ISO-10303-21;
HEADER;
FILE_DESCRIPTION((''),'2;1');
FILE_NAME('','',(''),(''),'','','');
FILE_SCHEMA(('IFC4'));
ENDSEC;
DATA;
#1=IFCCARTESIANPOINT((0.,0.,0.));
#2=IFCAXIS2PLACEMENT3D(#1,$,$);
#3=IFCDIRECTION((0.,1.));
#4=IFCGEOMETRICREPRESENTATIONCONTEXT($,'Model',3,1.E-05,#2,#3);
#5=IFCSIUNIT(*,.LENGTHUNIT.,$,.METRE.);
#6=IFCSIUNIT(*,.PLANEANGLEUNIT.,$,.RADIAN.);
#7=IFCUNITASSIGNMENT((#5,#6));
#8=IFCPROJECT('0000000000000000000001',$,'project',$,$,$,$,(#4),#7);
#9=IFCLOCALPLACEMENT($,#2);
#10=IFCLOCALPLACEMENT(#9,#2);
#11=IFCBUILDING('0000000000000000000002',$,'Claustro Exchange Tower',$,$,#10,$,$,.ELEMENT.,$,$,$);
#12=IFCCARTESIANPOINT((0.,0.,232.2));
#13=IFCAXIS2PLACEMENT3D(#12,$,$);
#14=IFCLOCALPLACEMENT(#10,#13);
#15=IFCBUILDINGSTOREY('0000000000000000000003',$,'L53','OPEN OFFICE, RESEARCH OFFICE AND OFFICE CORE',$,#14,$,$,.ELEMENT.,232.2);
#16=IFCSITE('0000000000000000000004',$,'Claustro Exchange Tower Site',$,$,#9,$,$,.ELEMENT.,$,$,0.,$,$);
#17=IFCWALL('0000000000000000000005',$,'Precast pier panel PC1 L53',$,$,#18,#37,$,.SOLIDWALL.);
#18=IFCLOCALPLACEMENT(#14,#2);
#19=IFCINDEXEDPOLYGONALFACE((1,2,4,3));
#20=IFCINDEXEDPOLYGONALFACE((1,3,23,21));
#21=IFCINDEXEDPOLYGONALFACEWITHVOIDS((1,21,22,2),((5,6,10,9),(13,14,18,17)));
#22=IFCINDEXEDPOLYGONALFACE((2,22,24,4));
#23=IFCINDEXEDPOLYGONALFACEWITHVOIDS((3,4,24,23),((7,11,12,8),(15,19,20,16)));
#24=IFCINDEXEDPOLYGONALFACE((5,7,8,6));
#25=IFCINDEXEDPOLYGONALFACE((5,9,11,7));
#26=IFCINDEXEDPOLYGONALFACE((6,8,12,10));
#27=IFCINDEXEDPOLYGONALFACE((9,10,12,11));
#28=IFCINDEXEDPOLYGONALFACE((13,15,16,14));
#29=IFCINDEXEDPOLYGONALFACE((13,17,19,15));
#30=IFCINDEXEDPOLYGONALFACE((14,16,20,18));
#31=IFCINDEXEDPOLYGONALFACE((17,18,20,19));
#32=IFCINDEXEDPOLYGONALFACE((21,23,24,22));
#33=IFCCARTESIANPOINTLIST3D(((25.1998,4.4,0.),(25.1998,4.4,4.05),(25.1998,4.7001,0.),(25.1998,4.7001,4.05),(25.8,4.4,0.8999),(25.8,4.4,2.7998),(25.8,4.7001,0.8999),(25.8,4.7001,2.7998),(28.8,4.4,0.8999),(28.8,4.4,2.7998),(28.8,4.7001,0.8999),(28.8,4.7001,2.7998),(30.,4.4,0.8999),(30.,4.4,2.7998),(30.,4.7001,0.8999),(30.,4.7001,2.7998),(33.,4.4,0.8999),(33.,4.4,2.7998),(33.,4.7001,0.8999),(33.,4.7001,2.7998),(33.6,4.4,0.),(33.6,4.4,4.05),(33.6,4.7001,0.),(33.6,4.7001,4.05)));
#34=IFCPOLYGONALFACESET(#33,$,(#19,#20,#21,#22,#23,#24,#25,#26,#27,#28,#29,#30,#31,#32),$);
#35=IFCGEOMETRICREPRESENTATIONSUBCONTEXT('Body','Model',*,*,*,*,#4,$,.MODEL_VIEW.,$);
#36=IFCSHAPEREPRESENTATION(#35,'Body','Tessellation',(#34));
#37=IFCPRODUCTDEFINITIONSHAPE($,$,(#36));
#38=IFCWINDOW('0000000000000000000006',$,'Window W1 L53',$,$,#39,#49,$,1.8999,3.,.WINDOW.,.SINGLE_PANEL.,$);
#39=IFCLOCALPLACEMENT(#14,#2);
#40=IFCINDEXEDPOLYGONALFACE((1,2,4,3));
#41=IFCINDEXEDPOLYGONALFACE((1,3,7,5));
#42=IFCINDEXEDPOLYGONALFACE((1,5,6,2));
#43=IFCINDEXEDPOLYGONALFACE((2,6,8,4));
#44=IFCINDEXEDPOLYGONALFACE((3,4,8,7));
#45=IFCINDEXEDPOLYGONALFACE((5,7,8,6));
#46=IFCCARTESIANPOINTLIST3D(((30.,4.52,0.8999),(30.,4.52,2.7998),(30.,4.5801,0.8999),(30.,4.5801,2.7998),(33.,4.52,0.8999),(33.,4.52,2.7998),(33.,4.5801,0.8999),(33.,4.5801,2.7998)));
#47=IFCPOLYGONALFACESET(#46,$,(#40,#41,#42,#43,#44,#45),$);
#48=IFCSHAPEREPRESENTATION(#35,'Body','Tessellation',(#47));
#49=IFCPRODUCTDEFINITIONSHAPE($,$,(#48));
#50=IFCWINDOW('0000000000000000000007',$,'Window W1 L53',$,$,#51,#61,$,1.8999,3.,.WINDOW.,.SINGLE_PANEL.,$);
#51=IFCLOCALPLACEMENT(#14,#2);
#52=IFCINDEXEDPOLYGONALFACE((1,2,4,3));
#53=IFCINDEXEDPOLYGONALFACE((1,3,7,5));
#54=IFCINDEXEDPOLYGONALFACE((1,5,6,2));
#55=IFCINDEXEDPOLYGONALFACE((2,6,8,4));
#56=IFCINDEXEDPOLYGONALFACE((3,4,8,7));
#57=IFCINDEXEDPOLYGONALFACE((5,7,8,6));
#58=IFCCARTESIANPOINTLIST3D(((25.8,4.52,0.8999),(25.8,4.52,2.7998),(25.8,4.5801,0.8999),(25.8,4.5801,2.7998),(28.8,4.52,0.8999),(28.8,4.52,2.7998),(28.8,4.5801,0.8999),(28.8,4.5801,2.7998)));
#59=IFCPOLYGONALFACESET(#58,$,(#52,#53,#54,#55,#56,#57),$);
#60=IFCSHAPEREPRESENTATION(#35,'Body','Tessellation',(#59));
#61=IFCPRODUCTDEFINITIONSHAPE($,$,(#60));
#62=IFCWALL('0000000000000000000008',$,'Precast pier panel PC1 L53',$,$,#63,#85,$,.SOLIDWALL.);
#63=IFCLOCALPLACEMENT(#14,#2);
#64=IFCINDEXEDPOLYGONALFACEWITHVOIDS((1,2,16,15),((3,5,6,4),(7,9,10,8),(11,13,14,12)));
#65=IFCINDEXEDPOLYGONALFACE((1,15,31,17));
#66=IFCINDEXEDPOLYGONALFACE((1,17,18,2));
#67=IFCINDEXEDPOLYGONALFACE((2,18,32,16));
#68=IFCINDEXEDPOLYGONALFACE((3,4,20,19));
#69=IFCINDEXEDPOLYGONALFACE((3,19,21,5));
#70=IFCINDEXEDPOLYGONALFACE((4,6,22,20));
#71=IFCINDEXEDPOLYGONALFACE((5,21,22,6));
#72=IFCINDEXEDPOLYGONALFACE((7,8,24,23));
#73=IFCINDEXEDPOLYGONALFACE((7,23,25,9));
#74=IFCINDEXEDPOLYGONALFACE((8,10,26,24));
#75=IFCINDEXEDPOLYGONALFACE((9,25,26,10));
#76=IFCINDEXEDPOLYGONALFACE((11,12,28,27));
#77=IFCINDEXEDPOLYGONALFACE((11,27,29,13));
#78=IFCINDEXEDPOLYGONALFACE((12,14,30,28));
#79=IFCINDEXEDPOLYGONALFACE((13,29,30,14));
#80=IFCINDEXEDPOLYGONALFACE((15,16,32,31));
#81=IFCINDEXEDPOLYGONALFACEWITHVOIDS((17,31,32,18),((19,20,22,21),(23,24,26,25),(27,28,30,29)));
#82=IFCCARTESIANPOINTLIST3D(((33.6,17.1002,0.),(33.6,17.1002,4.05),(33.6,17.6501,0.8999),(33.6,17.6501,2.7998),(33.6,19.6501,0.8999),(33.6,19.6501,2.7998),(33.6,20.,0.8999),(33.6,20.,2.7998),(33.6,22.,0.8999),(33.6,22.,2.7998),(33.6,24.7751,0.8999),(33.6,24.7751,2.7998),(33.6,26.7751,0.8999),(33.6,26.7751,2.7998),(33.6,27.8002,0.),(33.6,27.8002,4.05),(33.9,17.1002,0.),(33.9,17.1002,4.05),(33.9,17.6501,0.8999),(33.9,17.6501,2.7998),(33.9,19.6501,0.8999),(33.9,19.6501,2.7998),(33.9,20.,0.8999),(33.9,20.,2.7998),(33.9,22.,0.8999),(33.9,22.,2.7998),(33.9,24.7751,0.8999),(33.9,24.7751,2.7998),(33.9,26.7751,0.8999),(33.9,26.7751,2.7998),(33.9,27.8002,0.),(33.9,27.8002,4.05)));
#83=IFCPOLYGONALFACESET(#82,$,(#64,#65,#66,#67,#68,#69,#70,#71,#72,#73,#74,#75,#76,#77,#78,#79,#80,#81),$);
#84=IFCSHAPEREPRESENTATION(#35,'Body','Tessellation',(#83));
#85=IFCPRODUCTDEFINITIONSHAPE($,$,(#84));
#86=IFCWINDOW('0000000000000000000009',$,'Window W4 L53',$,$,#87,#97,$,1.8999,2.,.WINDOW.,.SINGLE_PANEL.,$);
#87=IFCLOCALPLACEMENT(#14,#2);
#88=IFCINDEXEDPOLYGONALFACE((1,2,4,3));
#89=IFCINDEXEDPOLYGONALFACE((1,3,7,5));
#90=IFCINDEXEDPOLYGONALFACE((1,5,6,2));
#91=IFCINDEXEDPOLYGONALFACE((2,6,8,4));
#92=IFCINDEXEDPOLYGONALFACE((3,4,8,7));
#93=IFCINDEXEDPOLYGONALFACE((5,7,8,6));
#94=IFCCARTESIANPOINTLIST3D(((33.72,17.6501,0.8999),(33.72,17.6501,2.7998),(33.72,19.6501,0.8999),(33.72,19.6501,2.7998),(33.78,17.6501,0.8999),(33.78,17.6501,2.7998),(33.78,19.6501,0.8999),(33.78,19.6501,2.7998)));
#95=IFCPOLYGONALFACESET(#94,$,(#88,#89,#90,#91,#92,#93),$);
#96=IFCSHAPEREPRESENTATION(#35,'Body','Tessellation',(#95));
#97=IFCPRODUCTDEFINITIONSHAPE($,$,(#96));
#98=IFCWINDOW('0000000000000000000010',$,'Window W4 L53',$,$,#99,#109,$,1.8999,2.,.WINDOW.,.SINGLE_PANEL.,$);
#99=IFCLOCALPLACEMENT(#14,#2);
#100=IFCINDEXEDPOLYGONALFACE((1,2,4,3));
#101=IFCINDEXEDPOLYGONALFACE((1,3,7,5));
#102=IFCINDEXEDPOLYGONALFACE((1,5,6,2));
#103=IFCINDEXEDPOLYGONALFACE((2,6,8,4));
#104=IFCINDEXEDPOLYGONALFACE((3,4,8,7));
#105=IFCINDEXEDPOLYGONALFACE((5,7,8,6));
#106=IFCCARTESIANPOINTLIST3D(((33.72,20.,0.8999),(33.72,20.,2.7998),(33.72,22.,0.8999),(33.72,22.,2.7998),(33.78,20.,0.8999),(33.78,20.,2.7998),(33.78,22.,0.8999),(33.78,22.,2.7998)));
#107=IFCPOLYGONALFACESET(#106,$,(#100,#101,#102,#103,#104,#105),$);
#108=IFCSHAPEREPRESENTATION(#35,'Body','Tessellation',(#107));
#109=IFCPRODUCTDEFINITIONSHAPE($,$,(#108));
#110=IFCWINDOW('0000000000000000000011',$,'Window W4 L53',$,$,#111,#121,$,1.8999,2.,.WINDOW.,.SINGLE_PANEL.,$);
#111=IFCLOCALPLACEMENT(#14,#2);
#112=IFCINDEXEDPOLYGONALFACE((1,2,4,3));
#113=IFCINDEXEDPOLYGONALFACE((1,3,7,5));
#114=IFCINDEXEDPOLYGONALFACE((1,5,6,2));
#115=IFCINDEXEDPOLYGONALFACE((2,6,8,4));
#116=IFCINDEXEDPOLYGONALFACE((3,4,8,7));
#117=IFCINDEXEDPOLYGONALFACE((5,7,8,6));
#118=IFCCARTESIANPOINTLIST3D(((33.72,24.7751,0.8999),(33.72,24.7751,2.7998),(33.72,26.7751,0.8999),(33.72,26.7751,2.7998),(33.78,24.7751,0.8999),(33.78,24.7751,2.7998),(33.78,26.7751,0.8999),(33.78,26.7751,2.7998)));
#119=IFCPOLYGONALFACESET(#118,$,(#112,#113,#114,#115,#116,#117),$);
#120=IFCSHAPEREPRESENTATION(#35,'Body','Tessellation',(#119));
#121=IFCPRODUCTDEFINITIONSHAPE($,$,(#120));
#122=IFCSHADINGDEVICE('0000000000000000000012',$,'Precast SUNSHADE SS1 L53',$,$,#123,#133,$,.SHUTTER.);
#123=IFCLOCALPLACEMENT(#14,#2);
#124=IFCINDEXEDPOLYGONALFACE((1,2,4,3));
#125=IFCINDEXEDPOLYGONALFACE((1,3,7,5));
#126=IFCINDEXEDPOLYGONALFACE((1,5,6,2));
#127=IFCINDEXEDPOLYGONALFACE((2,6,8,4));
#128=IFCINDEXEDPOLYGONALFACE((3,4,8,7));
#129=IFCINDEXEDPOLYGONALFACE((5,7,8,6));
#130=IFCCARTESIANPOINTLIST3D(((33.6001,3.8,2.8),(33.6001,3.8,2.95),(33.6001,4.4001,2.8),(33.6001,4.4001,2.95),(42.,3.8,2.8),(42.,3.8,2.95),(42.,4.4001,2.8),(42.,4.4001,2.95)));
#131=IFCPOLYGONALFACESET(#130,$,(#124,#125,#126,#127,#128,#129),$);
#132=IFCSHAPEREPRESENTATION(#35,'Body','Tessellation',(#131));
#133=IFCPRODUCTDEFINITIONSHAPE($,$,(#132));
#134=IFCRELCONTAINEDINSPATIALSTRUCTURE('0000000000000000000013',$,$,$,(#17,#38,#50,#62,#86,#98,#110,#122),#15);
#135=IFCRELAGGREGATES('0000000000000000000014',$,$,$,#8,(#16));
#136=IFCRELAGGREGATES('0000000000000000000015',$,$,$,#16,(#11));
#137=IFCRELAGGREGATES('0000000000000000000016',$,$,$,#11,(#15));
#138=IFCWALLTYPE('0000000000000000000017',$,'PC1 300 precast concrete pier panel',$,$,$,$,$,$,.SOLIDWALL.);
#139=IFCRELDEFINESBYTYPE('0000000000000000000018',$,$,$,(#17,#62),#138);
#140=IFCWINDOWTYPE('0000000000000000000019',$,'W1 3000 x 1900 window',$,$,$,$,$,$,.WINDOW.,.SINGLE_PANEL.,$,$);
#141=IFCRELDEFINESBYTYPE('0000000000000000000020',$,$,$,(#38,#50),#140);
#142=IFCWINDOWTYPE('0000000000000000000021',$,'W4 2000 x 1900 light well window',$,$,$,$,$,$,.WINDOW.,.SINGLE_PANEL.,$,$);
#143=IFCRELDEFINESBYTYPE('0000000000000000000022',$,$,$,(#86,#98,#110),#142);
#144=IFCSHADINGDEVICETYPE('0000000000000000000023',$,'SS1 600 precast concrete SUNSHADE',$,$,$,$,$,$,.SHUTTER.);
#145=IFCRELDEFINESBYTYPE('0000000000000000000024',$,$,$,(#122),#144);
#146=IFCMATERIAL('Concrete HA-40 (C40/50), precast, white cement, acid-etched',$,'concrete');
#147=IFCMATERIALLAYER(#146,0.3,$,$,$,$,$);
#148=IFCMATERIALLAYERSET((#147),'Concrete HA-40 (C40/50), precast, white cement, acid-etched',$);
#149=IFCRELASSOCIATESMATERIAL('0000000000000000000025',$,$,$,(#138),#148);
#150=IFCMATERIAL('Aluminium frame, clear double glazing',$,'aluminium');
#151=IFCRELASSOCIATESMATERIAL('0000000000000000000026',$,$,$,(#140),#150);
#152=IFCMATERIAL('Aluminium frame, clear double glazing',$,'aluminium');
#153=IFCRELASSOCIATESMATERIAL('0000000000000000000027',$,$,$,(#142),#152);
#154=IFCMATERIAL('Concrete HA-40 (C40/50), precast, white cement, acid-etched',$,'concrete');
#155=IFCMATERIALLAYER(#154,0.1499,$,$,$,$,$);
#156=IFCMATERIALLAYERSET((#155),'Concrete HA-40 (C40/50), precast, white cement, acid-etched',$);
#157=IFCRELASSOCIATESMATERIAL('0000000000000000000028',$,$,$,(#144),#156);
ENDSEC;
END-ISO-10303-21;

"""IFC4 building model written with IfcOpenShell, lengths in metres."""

from ifc_helpers import new_model, si_unit, direction, frame, frame_2d, origin, origin_2d, place, context, subcontext, project, spatial, rectangle, extrude, material, layer, layer_set, type_object, element, fill, save


model = new_model("IFC4")

# Units and contexts
model_context = context("Model", 3, precision=1e-05, world=origin(), true_north=direction((0.0, 1.0)))
body_context = subcontext(model_context, "Body", "Model", "MODEL_VIEW")
ifc_project = project(units=[si_unit("LENGTHUNIT", "METRE"), si_unit("PLANEANGLEUNIT", "RADIAN")], contexts=[model_context])

# Site, building, storey
site_placement = place(None, origin())
site = spatial("IfcSite", under=ifc_project, at=site_placement, Name="Claustro Exchange Tower Site", CompositionType="ELEMENT", RefElevation=0.0)
building_placement = place(site_placement, origin())
building = spatial("IfcBuilding", under=site, at=building_placement, Name="Claustro Exchange Tower", CompositionType="ELEMENT")
storey_placement = place(building_placement, frame((0.0, 0.0, 232.2)))
storey = spatial("IfcBuildingStorey", under=building, at=storey_placement, Name="L53", Description="OPEN OFFICE, RESEARCH OFFICE AND OFFICE CORE", CompositionType="ELEMENT", Elevation=232.2)

# Walls, openings, windows
ifc_material_1 = material(Name="Concrete HA-40 (C40/50), precast, white cement, acid-etched", Category="concrete")
ifc_layer_1 = layer(ifc_material_1, 0.3)
ifc_layer_set_1 = layer_set([ifc_layer_1], Name="Concrete HA-40 (C40/50), precast, white cement, acid-etched")
wall_type_1 = type_object("IfcWallType", Name="PC1 300 precast concrete pier panel", PredefinedType="SOLIDWALL", material=ifc_layer_set_1)
wall_1_placement = place(storey_placement, frame((33.6001, 4.55, 0.0), z_axis=(0.0, 0.0, 1.0), x_axis=(-1.0, 0.0, 0.0)))
wall_1 = element("IfcWall", 1, at=wall_1_placement, inside=storey, type_object=wall_type_1, Name="Precast pier panel PC1 L53", PredefinedType="SOLIDWALL", context=body_context, shape_type="SweptSolid", body=[
    extrude(rectangle(XDim=8.4001, YDim=0.3, at=frame_2d((4.2002, 0.0))), origin(), (0.0, 0.0, 1.0), 4.05),
])
opening_1_placement = place(wall_1_placement, frame((0.6001, 0.0, 0.8999)))
opening_1 = element("IfcOpeningElement", 2, at=opening_1_placement, cuts=wall_1, PredefinedType="OPENING", context=body_context, shape_type="SweptSolid", body=[
    extrude(rectangle(XDim=3.0, YDim=1.8999, at=frame_2d((1.5, 0.95))), frame((0.0, 0.1599, 0.0), z_axis=(0.0, -1.0, 0.0), x_axis=(1.0, 0.0, 0.0)), (0.0, 0.0, 1.0), 0.3201),
])
opening_2_placement = place(wall_1_placement, frame((4.8, 0.0, 0.8999)))
opening_2 = element("IfcOpeningElement", 3, at=opening_2_placement, cuts=wall_1, PredefinedType="OPENING", context=body_context, shape_type="SweptSolid", body=[
    extrude(rectangle(XDim=3.0, YDim=1.8999, at=frame_2d((1.5, 0.95))), frame((0.0, 0.1599, 0.0), z_axis=(0.0, -1.0, 0.0), x_axis=(1.0, 0.0, 0.0)), (0.0, 0.0, 1.0), 0.3201),
])
ifc_material_2 = material(Name="Aluminium frame, clear double glazing", Category="aluminium")
window_type_1 = type_object("IfcWindowType", Name="W1 3000 x 1900 window", PartitioningType="SINGLE_PANEL", PredefinedType="WINDOW", material=ifc_material_2)
window_1_placement = place(opening_1_placement, origin())
window_1 = element("IfcWindow", 4, at=window_1_placement, inside=storey, type_object=window_type_1, Name="Window W1 L53", OverallHeight=1.8999, OverallWidth=3.0, PartitioningType="SINGLE_PANEL", PredefinedType="WINDOW", context=body_context, shape_type="SweptSolid", body=[
    extrude(rectangle(XDim=3.0, YDim=1.8999, at=frame_2d((1.5, 0.95))), frame((0.0, 0.03, 0.0), z_axis=(0.0, -1.0, 0.0), x_axis=(1.0, 0.0, 0.0)), (0.0, 0.0, 1.0), 0.0601),
])
fill(opening_1, window_1)
window_2_placement = place(opening_2_placement, origin())
window_2 = element("IfcWindow", 5, at=window_2_placement, inside=storey, type_object=window_type_1, Name="Window W1 L53", OverallHeight=1.8999, OverallWidth=3.0, PartitioningType="SINGLE_PANEL", PredefinedType="WINDOW", context=body_context, shape_type="SweptSolid", body=[
    extrude(rectangle(XDim=3.0, YDim=1.8999, at=frame_2d((1.5, 0.95))), frame((0.0, 0.03, 0.0), z_axis=(0.0, -1.0, 0.0), x_axis=(1.0, 0.0, 0.0)), (0.0, 0.0, 1.0), 0.0601),
])
fill(opening_2, window_2)
wall_2_placement = place(storey_placement, frame((33.75, 17.1001, 0.0), z_axis=(0.0, 0.0, 1.0), x_axis=(0.0, 1.0, 0.0)))
wall_2 = element("IfcWall", 6, at=wall_2_placement, inside=storey, type_object=wall_type_1, Name="Precast pier panel PC1 L53", PredefinedType="SOLIDWALL", context=body_context, shape_type="SweptSolid", body=[
    extrude(rectangle(XDim=10.7, YDim=0.3, at=frame_2d((5.3501, 0.0))), origin(), (0.0, 0.0, 1.0), 4.05),
])
opening_3_placement = place(wall_2_placement, frame((0.55, 0.0, 0.8999)))
opening_3 = element("IfcOpeningElement", 7, at=opening_3_placement, cuts=wall_2, PredefinedType="OPENING", context=body_context, shape_type="SweptSolid", body=[
    extrude(rectangle(XDim=2.0, YDim=1.8999, at=frame_2d((1.0, 0.95))), frame((0.0, 0.1599, 0.0), z_axis=(0.0, -1.0, 0.0), x_axis=(1.0, 0.0, 0.0)), (0.0, 0.0, 1.0), 0.3201),
])
opening_4_placement = place(wall_2_placement, frame((2.8999, 0.0, 0.8999)))
opening_4 = element("IfcOpeningElement", 8, at=opening_4_placement, cuts=wall_2, PredefinedType="OPENING", context=body_context, shape_type="SweptSolid", body=[
    extrude(rectangle(XDim=2.0, YDim=1.8999, at=frame_2d((1.0, 0.95))), frame((0.0, 0.1599, 0.0), z_axis=(0.0, -1.0, 0.0), x_axis=(1.0, 0.0, 0.0)), (0.0, 0.0, 1.0), 0.3201),
])
opening_5_placement = place(wall_2_placement, frame((7.675, 0.0, 0.8999)))
opening_5 = element("IfcOpeningElement", 9, at=opening_5_placement, cuts=wall_2, PredefinedType="OPENING", context=body_context, shape_type="SweptSolid", body=[
    extrude(rectangle(XDim=2.0, YDim=1.8999, at=frame_2d((1.0, 0.95))), frame((0.0, 0.1599, 0.0), z_axis=(0.0, -1.0, 0.0), x_axis=(1.0, 0.0, 0.0)), (0.0, 0.0, 1.0), 0.3201),
])
ifc_material_3 = material(Name="Aluminium frame, clear double glazing", Category="aluminium")
window_type_2 = type_object("IfcWindowType", Name="W4 2000 x 1900 light well window", PartitioningType="SINGLE_PANEL", PredefinedType="WINDOW", material=ifc_material_3)
window_3_placement = place(opening_3_placement, origin())
window_3 = element("IfcWindow", 10, at=window_3_placement, inside=storey, type_object=window_type_2, Name="Window W4 L53", OverallHeight=1.8999, OverallWidth=2.0, PartitioningType="SINGLE_PANEL", PredefinedType="WINDOW", context=body_context, shape_type="SweptSolid", body=[
    extrude(rectangle(XDim=2.0, YDim=1.8999, at=frame_2d((1.0, 0.95))), frame((0.0, 0.03, 0.0), z_axis=(0.0, -1.0, 0.0), x_axis=(1.0, 0.0, 0.0)), (0.0, 0.0, 1.0), 0.0601),
])
fill(opening_3, window_3)
window_4_placement = place(opening_4_placement, origin())
window_4 = element("IfcWindow", 11, at=window_4_placement, inside=storey, type_object=window_type_2, Name="Window W4 L53", OverallHeight=1.8999, OverallWidth=2.0, PartitioningType="SINGLE_PANEL", PredefinedType="WINDOW", context=body_context, shape_type="SweptSolid", body=[
    extrude(rectangle(XDim=2.0, YDim=1.8999, at=frame_2d((1.0, 0.95))), frame((0.0, 0.03, 0.0), z_axis=(0.0, -1.0, 0.0), x_axis=(1.0, 0.0, 0.0)), (0.0, 0.0, 1.0), 0.0601),
])
fill(opening_4, window_4)
window_5_placement = place(opening_5_placement, origin())
window_5 = element("IfcWindow", 12, at=window_5_placement, inside=storey, type_object=window_type_2, Name="Window W4 L53", OverallHeight=1.8999, OverallWidth=2.0, PartitioningType="SINGLE_PANEL", PredefinedType="WINDOW", context=body_context, shape_type="SweptSolid", body=[
    extrude(rectangle(XDim=2.0, YDim=1.8999, at=frame_2d((1.0, 0.95))), frame((0.0, 0.03, 0.0), z_axis=(0.0, -1.0, 0.0), x_axis=(1.0, 0.0, 0.0)), (0.0, 0.0, 1.0), 0.0601),
])
fill(opening_5, window_5)

# Shading device
ifc_material_4 = material(Name="Concrete HA-40 (C40/50), precast, white cement, acid-etched", Category="concrete")
ifc_layer_2 = layer(ifc_material_4, 0.1499)
ifc_layer_set_2 = layer_set([ifc_layer_2], Name="Concrete HA-40 (C40/50), precast, white cement, acid-etched")
shading_device_type = type_object("IfcShadingDeviceType", Name="SS1 600 precast concrete SUNSHADE", PredefinedType="SHUTTER", material=ifc_layer_set_2)
shading_device_placement = place(storey_placement, frame((37.8, 4.1001, 2.8), z_axis=(0.0, 0.0, 1.0), x_axis=(-1.0, 0.0, 0.0)))
element("IfcShadingDevice", 13, at=shading_device_placement, inside=storey, type_object=shading_device_type, Name="Precast SUNSHADE SS1 L53", PredefinedType="SHUTTER", context=body_context, shape_type="SweptSolid", body=[
    extrude(rectangle(XDim=8.3999, YDim=0.6001, at=origin_2d()), origin(), (0.0, 0.0, 1.0), 0.1499),
])

save(model, "model.ifc")
